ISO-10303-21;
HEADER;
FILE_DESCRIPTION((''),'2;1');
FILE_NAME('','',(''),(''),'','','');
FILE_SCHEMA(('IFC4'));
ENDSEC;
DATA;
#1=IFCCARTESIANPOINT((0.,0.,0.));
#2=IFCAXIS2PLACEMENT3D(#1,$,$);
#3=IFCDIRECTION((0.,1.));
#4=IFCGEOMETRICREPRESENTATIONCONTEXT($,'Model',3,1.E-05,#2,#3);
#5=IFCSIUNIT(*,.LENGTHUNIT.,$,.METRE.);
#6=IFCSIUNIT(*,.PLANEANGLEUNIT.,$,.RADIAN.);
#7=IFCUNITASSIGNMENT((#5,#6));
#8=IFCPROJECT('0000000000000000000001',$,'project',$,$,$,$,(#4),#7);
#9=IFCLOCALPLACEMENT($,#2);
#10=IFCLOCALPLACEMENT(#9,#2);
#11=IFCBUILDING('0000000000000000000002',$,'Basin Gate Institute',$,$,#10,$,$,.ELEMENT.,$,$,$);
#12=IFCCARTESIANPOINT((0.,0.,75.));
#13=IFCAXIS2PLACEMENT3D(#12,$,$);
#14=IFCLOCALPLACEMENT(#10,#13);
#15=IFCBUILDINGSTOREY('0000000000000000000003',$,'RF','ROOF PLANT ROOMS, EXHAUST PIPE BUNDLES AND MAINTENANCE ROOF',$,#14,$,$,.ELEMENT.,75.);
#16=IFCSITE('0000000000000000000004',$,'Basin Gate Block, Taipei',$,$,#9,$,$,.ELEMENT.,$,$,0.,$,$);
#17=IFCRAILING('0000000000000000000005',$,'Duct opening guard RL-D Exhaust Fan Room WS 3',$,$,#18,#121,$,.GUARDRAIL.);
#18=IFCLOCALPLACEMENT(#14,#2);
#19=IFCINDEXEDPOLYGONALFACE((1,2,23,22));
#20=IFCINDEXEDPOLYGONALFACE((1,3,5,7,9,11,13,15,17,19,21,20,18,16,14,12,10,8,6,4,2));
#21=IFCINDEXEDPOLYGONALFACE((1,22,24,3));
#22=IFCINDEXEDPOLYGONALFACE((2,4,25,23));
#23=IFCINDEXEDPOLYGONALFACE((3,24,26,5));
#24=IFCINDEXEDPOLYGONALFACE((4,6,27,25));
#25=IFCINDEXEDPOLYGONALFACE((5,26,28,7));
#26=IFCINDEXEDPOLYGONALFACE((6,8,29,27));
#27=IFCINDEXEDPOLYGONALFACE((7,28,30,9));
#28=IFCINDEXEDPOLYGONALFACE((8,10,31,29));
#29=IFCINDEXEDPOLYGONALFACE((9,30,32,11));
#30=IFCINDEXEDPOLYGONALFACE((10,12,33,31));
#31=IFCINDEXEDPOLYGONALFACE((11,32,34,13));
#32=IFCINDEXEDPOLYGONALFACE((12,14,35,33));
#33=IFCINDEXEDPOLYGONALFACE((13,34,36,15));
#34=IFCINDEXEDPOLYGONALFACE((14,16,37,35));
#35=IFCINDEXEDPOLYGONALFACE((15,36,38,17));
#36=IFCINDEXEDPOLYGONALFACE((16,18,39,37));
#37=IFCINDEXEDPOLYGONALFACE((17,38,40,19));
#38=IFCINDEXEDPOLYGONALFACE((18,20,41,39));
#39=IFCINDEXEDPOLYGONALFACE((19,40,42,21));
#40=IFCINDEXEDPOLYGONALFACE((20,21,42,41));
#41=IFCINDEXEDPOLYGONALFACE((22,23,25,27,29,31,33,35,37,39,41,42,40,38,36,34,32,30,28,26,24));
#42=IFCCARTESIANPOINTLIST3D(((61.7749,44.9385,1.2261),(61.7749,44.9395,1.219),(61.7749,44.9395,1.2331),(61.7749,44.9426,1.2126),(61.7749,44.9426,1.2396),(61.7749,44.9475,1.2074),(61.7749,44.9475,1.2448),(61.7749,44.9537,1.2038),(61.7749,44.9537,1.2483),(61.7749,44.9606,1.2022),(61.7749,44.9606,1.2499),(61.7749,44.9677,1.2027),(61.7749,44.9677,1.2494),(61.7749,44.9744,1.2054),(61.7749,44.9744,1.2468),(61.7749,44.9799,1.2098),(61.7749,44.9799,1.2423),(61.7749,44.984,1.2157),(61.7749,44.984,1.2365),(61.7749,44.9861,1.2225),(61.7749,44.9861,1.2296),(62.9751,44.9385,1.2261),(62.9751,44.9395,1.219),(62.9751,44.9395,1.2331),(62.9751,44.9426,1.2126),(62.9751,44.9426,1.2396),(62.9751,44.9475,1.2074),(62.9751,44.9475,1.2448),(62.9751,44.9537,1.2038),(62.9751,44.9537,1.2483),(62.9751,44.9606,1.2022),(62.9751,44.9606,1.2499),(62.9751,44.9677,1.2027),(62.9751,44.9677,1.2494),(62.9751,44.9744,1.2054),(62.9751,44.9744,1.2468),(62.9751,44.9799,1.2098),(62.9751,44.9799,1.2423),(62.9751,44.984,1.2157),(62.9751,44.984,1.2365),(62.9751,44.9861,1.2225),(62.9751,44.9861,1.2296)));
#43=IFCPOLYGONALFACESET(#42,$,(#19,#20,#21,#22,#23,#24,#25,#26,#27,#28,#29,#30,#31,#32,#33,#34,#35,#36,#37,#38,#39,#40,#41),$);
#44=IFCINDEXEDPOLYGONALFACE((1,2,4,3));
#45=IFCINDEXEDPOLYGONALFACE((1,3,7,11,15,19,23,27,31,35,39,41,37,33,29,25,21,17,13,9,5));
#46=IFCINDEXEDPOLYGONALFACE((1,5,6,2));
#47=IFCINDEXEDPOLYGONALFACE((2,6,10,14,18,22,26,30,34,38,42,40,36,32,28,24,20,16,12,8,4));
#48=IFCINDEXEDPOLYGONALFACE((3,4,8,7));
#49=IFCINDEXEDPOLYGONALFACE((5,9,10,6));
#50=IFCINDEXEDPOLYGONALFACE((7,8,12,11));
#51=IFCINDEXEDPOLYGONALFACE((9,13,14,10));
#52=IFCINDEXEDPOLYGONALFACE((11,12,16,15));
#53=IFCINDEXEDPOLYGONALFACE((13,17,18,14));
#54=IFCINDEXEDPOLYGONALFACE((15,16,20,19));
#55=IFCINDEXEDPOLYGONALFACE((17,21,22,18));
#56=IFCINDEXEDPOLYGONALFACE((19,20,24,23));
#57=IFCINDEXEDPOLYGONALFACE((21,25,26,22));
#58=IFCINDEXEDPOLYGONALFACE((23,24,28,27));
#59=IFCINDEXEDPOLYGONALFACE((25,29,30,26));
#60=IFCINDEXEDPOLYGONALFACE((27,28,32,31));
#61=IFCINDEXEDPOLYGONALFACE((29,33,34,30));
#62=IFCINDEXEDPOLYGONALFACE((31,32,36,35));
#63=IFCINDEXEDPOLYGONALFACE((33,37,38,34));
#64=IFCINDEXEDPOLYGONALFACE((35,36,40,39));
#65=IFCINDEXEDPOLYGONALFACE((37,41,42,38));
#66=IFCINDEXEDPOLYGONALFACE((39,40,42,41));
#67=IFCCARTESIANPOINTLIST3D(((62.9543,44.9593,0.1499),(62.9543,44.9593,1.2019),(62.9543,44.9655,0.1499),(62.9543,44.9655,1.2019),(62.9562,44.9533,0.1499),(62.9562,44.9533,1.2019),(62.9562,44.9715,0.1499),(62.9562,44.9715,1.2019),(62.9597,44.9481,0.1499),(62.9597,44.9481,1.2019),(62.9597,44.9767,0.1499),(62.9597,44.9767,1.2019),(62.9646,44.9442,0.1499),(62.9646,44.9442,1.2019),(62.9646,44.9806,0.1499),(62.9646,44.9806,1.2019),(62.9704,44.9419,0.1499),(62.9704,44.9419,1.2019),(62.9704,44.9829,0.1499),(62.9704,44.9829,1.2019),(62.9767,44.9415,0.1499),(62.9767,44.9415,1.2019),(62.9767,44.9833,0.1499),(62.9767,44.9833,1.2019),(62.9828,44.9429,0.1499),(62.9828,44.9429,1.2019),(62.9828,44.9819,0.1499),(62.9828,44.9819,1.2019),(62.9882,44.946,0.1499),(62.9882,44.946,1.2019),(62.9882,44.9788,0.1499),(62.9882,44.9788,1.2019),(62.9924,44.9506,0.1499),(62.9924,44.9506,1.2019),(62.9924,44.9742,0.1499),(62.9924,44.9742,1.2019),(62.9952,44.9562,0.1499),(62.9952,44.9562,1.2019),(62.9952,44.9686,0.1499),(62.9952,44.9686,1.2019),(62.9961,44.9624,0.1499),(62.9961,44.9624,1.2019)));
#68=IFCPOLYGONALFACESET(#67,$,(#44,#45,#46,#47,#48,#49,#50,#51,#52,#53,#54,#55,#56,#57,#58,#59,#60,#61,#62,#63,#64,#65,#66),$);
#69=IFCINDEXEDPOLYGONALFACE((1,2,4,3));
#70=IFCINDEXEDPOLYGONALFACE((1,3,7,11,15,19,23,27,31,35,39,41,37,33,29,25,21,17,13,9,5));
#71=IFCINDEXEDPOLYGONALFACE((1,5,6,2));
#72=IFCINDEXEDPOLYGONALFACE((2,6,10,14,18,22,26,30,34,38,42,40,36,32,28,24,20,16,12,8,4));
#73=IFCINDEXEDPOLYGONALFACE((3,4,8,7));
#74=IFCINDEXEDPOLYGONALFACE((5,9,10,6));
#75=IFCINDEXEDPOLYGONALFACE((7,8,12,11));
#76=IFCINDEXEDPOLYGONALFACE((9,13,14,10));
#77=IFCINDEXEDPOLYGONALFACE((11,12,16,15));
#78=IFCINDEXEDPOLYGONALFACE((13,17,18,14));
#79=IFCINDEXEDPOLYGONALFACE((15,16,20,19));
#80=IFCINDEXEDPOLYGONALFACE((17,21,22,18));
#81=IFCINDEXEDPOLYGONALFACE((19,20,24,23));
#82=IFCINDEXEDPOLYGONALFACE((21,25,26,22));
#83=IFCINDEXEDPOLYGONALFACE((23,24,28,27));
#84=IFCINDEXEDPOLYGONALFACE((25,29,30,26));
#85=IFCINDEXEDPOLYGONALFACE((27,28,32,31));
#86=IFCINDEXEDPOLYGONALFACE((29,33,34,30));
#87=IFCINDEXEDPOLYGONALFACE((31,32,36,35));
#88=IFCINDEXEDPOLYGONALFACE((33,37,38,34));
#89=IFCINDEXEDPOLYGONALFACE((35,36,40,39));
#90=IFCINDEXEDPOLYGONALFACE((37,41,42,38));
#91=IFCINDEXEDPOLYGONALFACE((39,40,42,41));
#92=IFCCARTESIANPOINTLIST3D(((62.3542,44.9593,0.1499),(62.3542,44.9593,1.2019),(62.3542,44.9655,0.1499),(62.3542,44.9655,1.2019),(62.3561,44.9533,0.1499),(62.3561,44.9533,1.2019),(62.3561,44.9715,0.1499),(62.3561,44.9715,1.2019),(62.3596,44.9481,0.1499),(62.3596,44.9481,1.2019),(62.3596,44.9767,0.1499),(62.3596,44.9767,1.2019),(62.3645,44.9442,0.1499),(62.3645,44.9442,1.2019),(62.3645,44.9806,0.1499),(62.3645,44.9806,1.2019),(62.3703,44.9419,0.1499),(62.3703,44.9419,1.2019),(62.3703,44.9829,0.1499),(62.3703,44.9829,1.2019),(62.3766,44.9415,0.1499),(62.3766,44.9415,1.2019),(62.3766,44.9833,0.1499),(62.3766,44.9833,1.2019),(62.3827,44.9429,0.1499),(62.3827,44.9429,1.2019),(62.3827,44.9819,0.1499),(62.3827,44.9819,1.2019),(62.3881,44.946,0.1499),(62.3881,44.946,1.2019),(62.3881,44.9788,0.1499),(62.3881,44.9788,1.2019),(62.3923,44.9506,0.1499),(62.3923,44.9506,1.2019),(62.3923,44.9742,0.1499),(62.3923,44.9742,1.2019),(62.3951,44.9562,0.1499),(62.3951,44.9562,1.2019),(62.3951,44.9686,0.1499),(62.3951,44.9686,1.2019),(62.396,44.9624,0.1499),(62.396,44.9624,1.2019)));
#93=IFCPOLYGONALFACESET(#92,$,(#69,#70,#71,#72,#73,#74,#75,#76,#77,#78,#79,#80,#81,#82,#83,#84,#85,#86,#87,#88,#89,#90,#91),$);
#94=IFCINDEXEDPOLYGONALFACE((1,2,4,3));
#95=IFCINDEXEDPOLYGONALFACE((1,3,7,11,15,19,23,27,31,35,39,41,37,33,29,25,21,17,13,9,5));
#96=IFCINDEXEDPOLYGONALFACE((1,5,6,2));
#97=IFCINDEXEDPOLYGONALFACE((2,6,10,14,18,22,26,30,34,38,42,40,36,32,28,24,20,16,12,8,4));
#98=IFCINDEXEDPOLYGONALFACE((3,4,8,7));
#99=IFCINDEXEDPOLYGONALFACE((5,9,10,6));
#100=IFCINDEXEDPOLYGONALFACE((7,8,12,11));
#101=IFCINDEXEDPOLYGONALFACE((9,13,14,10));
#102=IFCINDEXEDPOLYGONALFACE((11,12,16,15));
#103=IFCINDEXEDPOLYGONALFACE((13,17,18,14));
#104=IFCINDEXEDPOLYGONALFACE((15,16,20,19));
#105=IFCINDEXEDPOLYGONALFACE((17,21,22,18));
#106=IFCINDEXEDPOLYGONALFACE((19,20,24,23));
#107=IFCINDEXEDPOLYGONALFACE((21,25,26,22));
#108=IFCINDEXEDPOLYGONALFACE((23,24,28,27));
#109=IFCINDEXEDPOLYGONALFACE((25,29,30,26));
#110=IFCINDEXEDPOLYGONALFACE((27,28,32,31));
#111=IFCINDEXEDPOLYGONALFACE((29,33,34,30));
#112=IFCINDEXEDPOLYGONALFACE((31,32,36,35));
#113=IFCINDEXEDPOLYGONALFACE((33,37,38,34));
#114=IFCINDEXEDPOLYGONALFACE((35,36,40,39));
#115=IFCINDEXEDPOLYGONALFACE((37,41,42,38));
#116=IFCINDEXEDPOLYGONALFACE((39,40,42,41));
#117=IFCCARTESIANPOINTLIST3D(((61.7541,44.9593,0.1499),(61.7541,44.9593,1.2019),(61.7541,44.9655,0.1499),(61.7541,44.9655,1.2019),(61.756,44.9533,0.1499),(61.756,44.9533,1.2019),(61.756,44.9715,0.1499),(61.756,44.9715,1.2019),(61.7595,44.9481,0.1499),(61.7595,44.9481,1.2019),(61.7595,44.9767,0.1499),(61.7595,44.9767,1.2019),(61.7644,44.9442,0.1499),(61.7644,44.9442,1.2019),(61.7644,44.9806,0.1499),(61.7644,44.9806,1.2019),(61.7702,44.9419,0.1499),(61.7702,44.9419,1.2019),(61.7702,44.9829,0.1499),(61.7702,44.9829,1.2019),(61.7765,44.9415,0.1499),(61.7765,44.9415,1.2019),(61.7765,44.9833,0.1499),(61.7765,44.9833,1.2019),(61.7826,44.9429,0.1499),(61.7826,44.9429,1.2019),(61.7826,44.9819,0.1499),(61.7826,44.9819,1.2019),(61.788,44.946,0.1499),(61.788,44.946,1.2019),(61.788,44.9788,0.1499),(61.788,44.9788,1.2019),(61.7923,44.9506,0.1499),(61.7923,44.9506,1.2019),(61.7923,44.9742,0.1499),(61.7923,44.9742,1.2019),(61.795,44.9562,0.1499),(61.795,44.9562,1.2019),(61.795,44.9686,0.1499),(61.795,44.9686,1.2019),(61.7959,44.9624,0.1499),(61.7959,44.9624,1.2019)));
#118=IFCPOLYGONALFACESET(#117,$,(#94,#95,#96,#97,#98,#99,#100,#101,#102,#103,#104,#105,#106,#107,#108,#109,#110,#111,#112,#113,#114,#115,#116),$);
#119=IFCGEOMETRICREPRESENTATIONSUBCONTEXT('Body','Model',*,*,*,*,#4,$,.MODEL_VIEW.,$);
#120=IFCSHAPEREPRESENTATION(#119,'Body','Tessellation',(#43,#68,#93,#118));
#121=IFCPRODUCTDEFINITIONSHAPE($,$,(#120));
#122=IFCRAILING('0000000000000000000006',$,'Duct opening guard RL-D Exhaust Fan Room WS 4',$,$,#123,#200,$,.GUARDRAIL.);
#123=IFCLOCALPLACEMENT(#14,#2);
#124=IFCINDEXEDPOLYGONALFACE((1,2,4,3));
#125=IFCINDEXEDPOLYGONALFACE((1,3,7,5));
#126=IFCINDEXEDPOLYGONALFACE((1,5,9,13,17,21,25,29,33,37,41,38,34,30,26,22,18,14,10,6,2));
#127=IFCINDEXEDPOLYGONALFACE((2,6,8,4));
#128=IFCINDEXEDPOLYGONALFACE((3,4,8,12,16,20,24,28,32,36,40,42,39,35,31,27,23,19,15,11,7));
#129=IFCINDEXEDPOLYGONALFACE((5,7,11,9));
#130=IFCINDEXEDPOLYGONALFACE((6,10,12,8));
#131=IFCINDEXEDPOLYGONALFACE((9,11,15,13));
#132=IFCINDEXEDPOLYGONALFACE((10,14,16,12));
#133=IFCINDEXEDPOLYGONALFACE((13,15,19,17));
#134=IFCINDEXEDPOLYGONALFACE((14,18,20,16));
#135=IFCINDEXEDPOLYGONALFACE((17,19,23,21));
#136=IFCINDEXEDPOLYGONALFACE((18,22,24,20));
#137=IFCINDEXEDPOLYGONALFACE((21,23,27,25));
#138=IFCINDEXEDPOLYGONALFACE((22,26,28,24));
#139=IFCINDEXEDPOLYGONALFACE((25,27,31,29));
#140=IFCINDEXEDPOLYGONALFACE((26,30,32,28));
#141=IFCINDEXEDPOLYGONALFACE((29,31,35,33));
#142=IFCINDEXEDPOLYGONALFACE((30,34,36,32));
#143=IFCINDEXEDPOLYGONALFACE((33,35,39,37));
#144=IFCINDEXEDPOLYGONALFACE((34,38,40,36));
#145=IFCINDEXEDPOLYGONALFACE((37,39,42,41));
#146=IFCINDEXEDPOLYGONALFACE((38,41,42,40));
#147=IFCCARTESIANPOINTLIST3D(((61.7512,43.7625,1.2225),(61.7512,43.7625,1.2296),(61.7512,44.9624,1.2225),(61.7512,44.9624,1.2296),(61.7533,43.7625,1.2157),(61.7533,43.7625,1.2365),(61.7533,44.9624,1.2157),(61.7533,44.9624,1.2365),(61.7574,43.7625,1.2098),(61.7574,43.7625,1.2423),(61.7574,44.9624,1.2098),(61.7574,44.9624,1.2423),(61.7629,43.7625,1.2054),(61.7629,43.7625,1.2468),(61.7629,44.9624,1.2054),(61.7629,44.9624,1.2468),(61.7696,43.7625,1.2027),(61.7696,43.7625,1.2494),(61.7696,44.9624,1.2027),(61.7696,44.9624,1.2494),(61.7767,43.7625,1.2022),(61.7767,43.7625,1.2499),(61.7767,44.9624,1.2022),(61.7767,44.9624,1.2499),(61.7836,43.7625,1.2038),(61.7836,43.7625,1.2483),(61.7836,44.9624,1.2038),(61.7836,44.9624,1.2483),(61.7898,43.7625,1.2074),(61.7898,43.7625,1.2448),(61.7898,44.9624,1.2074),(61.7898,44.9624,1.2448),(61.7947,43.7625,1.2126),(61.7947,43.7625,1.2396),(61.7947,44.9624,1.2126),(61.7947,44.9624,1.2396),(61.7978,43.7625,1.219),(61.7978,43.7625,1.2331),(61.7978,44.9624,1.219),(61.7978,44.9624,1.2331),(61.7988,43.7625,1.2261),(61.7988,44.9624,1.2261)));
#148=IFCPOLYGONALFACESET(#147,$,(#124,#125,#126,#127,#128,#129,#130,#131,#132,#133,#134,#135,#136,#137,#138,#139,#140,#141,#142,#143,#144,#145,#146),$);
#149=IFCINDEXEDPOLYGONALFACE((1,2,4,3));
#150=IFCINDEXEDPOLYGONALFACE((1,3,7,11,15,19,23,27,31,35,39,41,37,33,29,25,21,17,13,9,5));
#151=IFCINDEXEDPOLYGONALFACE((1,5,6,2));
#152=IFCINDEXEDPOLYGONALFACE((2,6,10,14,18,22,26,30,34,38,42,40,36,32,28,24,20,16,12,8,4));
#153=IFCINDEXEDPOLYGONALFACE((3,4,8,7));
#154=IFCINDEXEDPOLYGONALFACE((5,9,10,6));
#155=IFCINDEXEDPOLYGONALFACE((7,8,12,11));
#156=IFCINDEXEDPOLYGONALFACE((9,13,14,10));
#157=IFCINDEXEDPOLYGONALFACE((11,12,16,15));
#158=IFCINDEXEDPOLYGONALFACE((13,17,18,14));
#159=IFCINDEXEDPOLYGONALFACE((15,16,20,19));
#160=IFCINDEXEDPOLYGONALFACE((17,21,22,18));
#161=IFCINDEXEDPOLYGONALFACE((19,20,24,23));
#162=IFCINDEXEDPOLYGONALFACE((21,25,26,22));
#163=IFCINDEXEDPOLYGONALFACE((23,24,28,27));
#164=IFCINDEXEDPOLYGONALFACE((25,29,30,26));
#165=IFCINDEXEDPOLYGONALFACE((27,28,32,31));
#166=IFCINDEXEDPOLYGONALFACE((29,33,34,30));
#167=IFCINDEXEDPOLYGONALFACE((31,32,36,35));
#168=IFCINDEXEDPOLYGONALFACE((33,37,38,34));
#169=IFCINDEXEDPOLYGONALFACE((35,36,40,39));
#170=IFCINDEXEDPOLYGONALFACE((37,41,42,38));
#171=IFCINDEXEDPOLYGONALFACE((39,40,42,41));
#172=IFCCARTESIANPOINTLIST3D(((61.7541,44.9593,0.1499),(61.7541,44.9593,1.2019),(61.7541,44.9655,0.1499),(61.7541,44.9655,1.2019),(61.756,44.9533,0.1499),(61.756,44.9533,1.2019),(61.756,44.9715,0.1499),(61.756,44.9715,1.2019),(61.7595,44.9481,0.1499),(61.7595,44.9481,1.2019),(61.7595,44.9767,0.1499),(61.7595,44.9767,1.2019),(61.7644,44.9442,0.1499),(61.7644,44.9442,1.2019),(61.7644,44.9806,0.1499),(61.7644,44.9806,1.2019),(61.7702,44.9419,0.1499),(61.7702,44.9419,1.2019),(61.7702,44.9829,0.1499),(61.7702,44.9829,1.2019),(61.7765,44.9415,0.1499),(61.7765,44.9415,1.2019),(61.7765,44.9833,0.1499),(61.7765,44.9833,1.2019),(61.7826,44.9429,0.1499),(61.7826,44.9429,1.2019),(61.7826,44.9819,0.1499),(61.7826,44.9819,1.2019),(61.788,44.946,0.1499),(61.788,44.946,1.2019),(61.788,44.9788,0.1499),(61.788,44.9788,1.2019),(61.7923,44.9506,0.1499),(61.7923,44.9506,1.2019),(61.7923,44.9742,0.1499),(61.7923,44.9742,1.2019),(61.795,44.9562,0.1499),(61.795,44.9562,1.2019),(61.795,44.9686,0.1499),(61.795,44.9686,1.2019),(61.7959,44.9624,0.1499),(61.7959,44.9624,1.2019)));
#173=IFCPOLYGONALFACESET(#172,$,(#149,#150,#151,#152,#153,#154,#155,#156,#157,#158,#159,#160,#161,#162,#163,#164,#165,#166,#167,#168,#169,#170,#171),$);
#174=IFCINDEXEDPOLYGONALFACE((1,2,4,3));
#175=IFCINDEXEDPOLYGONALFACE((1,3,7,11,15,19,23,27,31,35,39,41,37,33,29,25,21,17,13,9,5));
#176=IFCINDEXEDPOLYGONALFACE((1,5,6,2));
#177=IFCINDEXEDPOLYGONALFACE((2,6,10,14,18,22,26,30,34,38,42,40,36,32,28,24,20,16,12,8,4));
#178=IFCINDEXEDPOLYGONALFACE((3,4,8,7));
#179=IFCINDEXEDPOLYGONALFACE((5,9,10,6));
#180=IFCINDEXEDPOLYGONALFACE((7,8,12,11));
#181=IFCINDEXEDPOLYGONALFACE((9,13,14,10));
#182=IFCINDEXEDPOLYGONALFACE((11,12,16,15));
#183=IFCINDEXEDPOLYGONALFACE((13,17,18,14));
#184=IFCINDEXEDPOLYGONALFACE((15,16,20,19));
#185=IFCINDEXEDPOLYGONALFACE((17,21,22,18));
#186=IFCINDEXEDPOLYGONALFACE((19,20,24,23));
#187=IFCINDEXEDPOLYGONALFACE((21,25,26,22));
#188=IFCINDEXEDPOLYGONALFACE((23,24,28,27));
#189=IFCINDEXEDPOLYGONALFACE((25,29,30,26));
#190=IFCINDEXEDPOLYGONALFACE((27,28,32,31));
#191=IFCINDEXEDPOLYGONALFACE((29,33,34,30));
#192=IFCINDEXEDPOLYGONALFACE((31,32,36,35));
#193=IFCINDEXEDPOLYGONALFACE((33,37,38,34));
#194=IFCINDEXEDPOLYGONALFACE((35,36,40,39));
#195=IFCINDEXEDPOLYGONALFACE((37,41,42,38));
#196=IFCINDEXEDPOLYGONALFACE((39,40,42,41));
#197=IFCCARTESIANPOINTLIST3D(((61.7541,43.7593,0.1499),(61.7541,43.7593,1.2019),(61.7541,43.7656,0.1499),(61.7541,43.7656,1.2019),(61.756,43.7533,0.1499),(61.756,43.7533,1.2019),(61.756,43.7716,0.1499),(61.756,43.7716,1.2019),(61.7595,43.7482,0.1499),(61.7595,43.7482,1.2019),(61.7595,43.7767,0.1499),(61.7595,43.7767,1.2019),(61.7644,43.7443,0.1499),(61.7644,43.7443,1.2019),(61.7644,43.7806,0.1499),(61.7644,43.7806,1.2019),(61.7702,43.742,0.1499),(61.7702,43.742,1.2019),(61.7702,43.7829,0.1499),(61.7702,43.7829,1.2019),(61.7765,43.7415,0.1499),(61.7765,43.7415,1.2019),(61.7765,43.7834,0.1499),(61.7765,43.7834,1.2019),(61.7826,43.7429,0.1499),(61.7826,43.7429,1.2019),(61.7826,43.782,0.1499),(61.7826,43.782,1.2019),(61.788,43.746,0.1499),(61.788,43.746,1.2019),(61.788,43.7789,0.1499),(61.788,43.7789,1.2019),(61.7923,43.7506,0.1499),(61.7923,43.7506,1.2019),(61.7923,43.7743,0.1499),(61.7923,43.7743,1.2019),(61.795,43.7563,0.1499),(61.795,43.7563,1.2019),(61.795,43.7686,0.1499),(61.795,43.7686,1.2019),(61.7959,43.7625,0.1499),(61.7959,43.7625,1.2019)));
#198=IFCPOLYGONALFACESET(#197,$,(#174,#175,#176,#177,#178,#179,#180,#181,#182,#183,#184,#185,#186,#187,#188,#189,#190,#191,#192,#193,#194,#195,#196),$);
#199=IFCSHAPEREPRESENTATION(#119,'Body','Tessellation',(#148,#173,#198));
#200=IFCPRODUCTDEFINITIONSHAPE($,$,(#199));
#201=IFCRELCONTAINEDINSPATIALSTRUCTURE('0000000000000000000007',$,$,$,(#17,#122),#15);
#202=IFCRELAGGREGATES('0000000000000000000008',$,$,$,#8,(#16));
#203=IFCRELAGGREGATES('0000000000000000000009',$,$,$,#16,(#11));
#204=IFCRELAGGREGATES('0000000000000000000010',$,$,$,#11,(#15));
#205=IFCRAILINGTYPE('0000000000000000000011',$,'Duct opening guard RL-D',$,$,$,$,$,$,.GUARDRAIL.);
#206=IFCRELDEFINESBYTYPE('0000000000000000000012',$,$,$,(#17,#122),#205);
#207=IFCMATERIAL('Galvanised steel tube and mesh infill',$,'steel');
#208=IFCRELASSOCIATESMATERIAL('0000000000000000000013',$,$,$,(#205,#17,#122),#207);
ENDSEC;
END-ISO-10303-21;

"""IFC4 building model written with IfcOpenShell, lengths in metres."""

from ifc_helpers import new_model, si_unit, direction, frame, origin, origin_2d, place, context, subcontext, project, spatial, circle, extrude, material, type_object, element, save


model = new_model("IFC4")

# Units and contexts
model_context = context("Model", 3, precision=1e-05, world=origin(), true_north=direction((0.0, 1.0)))
body_context = subcontext(model_context, "Body", "Model", "MODEL_VIEW")
ifc_project = project(units=[si_unit("LENGTHUNIT", "METRE"), si_unit("PLANEANGLEUNIT", "RADIAN")], contexts=[model_context])

# Site, building, storey
site_placement = place(None, origin())
site = spatial("IfcSite", under=ifc_project, at=site_placement, Name="Basin Gate Block, Taipei", CompositionType="ELEMENT", RefElevation=0.0)
building_placement = place(site_placement, origin())
building = spatial("IfcBuilding", under=site, at=building_placement, Name="Basin Gate Institute", CompositionType="ELEMENT")
storey_placement = place(building_placement, frame((0.0, 0.0, 75.0)))
storey = spatial("IfcBuildingStorey", under=building, at=storey_placement, Name="RF", Description="ROOF PLANT ROOMS, EXHAUST PIPE BUNDLES AND MAINTENANCE ROOF", CompositionType="ELEMENT", Elevation=75.0)

# Railings
ifc_material_1 = material(Name="Galvanised steel tube and mesh infill", Category="steel")
railing_type = type_object("IfcRailingType", Name="Duct opening guard RL-D", PredefinedType="GUARDRAIL", material=ifc_material_1)
railing_1_placement = place(storey_placement, frame((62.9751, 44.9624, 0.1499)))
element("IfcRailing", 1, at=railing_1_placement, inside=storey, type_object=railing_type, material=ifc_material_1, Name="Duct opening guard RL-D Exhaust Fan Room WS 3", PredefinedType="GUARDRAIL", context=body_context, shape_type="SweptSolid", body=[
    extrude(circle(Radius=0.0239, at=origin_2d()), frame((0.0, 0.0, 1.0762), z_axis=(-1.0, 0.0, 0.0), x_axis=(0.0, -1.0, 0.0)), (0.0, 0.0, 1.0), 1.2002),
    extrude(circle(Radius=0.021, at=origin_2d()), origin(), (0.0, 0.0, 1.0), 1.052),
    extrude(circle(Radius=0.021, at=origin_2d()), frame((-0.6001, 0.0, 0.0)), (0.0, 0.0, 1.0), 1.052),
    extrude(circle(Radius=0.021, at=origin_2d()), frame((-1.2002, 0.0, 0.0)), (0.0, 0.0, 1.0), 1.052),
])
railing_2_placement = place(storey_placement, frame((61.7749, 44.9624, 0.1499)))
element("IfcRailing", 2, at=railing_2_placement, inside=storey, type_object=railing_type, material=ifc_material_1, Name="Duct opening guard RL-D Exhaust Fan Room WS 4", PredefinedType="GUARDRAIL", context=body_context, shape_type="SweptSolid", body=[
    extrude(circle(Radius=0.0239, at=origin_2d()), frame((0.0, 0.0, 1.0762), z_axis=(0.0, -1.0, 0.0), x_axis=(1.0, 0.0, 0.0)), (0.0, 0.0, 1.0), 1.2),
    extrude(circle(Radius=0.021, at=origin_2d()), origin(), (0.0, 0.0, 1.0), 1.052),
    extrude(circle(Radius=0.021, at=origin_2d()), frame((0.0, -1.2, 0.0)), (0.0, 0.0, 1.0), 1.052),
])

save(model, "model.ifc")
